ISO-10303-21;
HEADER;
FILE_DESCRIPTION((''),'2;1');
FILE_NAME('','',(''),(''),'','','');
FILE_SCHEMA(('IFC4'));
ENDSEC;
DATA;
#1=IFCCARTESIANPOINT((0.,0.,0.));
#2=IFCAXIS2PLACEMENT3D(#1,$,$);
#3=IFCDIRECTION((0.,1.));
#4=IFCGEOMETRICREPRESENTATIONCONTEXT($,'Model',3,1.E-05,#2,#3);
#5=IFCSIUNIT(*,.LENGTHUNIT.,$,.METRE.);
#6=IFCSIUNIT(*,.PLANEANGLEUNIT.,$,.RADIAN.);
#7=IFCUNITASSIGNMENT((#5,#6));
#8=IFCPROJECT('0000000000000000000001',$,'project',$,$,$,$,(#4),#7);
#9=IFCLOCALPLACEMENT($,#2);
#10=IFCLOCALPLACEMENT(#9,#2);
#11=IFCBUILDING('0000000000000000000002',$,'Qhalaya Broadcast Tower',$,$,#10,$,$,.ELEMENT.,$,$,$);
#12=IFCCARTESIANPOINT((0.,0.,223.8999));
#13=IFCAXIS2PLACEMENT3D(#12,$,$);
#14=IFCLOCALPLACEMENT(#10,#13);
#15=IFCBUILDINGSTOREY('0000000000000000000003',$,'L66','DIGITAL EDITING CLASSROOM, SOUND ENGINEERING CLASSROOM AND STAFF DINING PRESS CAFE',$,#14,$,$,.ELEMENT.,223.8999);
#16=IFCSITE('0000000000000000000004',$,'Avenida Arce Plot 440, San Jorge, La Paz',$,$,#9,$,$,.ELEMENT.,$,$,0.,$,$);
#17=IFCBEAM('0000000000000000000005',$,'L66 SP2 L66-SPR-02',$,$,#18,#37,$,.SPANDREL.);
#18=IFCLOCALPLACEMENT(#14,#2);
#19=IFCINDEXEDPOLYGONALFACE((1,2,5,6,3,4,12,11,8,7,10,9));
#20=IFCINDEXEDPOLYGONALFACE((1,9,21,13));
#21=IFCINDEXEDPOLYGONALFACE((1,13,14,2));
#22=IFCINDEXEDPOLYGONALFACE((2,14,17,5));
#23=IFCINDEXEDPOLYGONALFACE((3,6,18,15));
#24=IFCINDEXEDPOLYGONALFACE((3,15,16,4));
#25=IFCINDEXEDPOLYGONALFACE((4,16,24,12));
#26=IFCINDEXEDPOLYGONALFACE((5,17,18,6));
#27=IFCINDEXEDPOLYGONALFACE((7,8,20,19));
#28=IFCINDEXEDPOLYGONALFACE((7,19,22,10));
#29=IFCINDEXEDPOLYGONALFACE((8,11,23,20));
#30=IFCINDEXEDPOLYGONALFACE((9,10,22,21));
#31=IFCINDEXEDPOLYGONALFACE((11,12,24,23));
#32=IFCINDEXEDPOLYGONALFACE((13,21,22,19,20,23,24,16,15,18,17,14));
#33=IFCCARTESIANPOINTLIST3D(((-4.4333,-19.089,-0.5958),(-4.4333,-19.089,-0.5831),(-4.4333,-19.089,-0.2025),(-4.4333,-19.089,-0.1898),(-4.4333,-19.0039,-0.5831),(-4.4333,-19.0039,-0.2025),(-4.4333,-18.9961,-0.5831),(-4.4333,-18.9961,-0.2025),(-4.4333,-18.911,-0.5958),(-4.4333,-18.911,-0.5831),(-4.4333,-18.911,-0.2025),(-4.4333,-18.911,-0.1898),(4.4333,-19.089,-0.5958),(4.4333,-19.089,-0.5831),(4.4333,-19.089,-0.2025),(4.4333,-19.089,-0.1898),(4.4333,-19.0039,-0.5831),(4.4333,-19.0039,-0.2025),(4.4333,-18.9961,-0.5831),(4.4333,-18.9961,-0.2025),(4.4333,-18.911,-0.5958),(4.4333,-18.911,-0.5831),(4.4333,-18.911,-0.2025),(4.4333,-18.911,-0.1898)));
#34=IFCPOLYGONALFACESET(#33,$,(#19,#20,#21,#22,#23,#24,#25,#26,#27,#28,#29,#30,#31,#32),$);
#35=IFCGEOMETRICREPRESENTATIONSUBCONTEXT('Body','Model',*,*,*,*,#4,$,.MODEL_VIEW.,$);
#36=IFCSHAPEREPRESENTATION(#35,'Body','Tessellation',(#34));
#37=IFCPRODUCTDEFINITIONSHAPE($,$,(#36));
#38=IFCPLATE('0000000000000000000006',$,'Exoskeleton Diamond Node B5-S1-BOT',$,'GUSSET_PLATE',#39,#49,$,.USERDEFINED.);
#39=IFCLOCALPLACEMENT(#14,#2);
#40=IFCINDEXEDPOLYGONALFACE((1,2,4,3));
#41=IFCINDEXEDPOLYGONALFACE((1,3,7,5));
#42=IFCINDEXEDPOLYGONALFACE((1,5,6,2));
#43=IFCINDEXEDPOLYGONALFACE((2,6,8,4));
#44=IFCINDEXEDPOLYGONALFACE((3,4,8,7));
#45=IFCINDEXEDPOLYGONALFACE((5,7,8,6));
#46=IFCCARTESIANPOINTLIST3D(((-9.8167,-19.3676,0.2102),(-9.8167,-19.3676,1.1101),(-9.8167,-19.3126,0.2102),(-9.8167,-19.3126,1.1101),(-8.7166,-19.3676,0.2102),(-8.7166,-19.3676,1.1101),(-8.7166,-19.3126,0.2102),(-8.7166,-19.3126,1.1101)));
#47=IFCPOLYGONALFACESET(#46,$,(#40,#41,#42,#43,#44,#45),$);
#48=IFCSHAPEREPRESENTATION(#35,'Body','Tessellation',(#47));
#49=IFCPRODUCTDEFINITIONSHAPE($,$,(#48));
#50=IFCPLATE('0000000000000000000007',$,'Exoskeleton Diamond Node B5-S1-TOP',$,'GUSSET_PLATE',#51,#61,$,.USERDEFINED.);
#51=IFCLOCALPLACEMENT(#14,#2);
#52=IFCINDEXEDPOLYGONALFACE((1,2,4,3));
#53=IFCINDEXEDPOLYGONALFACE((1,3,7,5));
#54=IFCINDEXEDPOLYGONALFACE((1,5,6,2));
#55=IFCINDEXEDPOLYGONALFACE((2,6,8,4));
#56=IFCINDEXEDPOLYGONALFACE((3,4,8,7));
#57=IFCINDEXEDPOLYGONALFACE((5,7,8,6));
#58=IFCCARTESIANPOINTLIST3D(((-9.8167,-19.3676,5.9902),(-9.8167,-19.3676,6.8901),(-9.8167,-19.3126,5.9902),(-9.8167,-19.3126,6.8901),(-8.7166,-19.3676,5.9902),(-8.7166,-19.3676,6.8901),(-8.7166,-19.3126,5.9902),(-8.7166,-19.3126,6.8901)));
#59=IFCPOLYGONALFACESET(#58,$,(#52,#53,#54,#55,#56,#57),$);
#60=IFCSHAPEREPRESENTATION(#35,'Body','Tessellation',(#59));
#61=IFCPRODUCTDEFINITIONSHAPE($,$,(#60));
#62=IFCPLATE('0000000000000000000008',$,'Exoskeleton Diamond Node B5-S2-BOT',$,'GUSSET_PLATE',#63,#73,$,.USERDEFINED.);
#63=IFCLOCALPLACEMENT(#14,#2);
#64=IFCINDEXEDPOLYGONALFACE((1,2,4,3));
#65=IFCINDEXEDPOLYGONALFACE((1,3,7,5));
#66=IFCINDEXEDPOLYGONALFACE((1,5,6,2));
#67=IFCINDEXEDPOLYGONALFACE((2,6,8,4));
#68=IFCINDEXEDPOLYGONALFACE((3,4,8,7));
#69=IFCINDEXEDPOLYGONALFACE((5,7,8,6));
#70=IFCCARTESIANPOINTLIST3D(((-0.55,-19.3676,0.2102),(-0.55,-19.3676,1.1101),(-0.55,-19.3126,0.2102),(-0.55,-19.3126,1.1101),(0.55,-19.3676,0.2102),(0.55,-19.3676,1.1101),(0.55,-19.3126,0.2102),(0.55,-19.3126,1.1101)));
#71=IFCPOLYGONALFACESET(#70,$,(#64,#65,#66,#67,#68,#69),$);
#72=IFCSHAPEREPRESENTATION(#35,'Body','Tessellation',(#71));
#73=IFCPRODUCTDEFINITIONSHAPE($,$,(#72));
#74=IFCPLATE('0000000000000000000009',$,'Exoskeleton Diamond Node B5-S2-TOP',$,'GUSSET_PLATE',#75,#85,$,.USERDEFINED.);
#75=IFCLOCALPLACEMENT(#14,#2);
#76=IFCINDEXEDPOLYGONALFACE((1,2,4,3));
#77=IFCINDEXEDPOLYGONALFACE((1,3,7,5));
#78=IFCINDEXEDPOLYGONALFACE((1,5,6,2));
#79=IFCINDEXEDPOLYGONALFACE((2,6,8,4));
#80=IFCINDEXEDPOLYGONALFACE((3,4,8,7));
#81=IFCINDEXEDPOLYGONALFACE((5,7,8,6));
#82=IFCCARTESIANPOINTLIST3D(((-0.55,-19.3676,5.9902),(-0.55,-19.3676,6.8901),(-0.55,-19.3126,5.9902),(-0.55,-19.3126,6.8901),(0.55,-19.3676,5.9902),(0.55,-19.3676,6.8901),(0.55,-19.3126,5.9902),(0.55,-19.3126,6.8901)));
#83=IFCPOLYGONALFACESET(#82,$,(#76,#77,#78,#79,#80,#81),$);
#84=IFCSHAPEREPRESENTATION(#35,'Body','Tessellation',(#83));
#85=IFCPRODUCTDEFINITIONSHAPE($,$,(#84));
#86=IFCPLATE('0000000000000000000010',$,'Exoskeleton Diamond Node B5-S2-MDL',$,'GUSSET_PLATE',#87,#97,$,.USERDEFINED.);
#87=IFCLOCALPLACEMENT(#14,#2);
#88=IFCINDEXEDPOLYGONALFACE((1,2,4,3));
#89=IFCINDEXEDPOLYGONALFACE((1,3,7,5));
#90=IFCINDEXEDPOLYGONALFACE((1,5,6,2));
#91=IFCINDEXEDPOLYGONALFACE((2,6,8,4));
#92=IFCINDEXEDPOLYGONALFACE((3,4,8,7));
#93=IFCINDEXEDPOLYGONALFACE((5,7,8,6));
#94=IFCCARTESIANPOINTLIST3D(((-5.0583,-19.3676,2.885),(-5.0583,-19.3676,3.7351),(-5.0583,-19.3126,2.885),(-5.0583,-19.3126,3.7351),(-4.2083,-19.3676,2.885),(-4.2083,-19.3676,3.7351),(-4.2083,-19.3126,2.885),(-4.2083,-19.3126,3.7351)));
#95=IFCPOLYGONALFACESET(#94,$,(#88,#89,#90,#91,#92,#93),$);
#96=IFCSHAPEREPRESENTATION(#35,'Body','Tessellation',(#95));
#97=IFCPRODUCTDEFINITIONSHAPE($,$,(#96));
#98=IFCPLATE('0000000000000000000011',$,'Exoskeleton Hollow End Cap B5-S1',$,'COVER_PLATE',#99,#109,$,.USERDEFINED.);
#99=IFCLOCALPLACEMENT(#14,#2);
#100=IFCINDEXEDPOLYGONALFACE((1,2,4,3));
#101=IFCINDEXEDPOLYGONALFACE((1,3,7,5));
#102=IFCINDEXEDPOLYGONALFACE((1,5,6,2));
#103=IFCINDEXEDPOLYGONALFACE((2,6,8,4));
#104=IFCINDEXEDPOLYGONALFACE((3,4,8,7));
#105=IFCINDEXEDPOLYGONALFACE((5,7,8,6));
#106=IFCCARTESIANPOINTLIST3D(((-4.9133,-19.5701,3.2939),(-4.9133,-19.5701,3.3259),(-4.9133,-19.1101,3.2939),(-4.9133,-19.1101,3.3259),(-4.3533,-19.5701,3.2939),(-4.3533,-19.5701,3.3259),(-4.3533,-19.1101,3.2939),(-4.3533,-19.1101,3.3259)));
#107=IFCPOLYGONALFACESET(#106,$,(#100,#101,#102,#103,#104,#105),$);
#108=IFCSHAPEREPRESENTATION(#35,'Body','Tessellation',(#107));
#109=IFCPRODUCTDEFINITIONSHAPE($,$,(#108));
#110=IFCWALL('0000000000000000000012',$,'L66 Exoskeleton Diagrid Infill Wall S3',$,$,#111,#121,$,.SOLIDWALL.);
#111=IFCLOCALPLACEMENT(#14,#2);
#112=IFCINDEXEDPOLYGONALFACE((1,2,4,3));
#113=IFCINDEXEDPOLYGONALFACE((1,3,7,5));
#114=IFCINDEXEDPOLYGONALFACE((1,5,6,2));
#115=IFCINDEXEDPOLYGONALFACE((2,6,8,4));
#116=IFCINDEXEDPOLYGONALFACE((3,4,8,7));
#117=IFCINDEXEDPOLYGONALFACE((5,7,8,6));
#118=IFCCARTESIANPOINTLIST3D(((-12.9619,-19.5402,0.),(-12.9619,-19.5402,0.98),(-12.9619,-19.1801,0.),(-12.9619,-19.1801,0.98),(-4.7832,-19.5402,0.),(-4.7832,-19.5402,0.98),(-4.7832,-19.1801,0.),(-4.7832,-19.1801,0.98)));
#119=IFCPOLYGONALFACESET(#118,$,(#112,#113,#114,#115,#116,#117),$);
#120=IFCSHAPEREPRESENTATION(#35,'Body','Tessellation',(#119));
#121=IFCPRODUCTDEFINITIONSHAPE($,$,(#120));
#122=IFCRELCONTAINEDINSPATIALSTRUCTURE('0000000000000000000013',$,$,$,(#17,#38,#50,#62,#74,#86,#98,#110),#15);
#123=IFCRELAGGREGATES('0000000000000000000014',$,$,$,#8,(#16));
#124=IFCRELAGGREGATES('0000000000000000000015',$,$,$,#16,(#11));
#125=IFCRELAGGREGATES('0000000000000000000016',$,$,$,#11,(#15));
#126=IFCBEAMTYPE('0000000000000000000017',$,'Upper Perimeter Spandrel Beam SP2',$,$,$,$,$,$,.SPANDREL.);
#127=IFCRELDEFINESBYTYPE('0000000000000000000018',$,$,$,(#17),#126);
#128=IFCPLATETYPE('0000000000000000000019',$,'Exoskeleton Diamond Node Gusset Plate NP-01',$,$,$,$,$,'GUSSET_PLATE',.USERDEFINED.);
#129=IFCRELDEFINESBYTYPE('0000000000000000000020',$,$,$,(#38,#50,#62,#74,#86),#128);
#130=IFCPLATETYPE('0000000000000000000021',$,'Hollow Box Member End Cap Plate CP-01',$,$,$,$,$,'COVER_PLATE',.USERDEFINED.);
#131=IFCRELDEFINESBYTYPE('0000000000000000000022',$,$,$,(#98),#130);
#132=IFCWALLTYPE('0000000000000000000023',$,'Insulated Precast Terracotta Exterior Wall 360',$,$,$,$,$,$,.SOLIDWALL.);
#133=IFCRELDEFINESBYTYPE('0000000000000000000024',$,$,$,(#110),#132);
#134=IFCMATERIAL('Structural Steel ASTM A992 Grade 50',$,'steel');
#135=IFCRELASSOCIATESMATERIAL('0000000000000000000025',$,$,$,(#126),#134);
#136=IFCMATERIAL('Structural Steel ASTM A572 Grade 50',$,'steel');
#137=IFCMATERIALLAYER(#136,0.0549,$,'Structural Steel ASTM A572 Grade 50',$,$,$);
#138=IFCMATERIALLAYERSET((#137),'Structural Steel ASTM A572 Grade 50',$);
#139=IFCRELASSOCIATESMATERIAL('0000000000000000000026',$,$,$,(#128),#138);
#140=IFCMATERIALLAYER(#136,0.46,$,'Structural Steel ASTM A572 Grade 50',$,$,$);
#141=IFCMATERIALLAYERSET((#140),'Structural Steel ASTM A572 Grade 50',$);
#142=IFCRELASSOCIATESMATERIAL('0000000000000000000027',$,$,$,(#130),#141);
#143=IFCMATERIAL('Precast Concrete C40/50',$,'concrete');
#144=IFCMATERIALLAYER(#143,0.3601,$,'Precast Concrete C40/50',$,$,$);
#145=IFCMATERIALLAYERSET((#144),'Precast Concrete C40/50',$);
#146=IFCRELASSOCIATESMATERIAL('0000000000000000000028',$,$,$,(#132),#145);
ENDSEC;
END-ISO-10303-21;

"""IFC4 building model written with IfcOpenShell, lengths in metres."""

from ifc_helpers import new_model, si_unit, direction, frame, frame_2d, origin, origin_2d, place, context, subcontext, project, spatial, rectangle, i_section, extrude, material, layer, layer_set, material_profile, profile_set, type_object, element, save


model = new_model("IFC4")

# Units and contexts
model_context = context("Model", 3, precision=1e-05, world=origin(), true_north=direction((0.0, 1.0)))
body_context = subcontext(model_context, "Body", "Model", "MODEL_VIEW")
ifc_project = project(units=[si_unit("LENGTHUNIT", "METRE"), si_unit("PLANEANGLEUNIT", "RADIAN")], contexts=[model_context])

# Site, building, storey
site_placement = place(None, origin())
site = spatial("IfcSite", under=ifc_project, at=site_placement, Name="Avenida Arce Plot 440, San Jorge, La Paz", CompositionType="ELEMENT", RefElevation=0.0)
building_placement = place(site_placement, origin())
building = spatial("IfcBuilding", under=site, at=building_placement, Name="Qhalaya Broadcast Tower", CompositionType="ELEMENT")
storey_placement = place(building_placement, frame((0.0, 0.0, 223.8999)))
storey = spatial("IfcBuildingStorey", under=building, at=storey_placement, Name="L66", Description="DIGITAL EDITING CLASSROOM, SOUND ENGINEERING CLASSROOM AND STAFF DINING PRESS CAFE", CompositionType="ELEMENT", Elevation=223.8999)

# Shared definitions
ifc_material_1 = material(Name="Structural Steel ASTM A572 Grade 50", Category="steel")

# Shared definitions
ifc_material_2 = material(Name="Structural Steel ASTM A992 Grade 50", Category="steel")

# Beam
ifc_material_profile_1 = material_profile(ifc_material_2, i_section(OverallWidth=0.178, OverallDepth=0.406, WebThickness=0.0078, FlangeThickness=0.0127, at=origin_2d()), Name="W16X40")
ifc_profile_set_1 = profile_set([ifc_material_profile_1], Name="Structural Steel ASTM A992 Grade 50")
beam_type_1 = type_object("IfcBeamType", Name="Upper Perimeter Spandrel Beam SP2", PredefinedType="SPANDREL", material=ifc_profile_set_1)
beam_placement = place(storey_placement, frame((-4.4333, -19.0, -0.3928), z_axis=(1.0, 0.0, 0.0), x_axis=(0.0, 1.0, 0.0)))
element("IfcBeam", 1, at=beam_placement, inside=storey, type_object=beam_type_1, Name="L66 SP2 L66-SPR-02", PredefinedType="SPANDREL", context=body_context, shape_type="SweptSolid", body=[
    extrude(i_section(OverallWidth=0.178, OverallDepth=0.406, WebThickness=0.0078, FlangeThickness=0.0127, at=origin_2d()), origin(), (0.0, 0.0, 1.0), 8.8667),
])

# Plates
ifc_layer_1 = layer(ifc_material_1, 0.0549, Name="Structural Steel ASTM A572 Grade 50")
ifc_layer_set_1 = layer_set([ifc_layer_1], Name="Structural Steel ASTM A572 Grade 50")
plate_type_1 = type_object("IfcPlateType", Name="Exoskeleton Diamond Node Gusset Plate NP-01", ElementType="GUSSET_PLATE", PredefinedType="USERDEFINED", material=ifc_layer_set_1)
for number, where, z_axis, x_axis, name in (
    (2, (-9.2666, -19.3401, 0.2102), (0.0, 0.0, 1.0), (1.0, 0.0, 0.0), "Exoskeleton Diamond Node B5-S1-BOT"),
    (3, (-9.2666, -19.3401, 5.9902), (0.0, 0.0, 1.0), (1.0, 0.0, 0.0), "Exoskeleton Diamond Node B5-S1-TOP"),
    (4, (0.0, -19.3401, 0.2102), (0.0, 0.0, 1.0), (1.0, 0.0, 0.0), "Exoskeleton Diamond Node B5-S2-BOT"),
    (5, (0.0, -19.3401, 5.9902), (0.0, 0.0, 1.0), (1.0, 0.0, 0.0), "Exoskeleton Diamond Node B5-S2-TOP"),
):
    element("IfcPlate", number, at=place(storey_placement, frame(where, z_axis=z_axis, x_axis=x_axis)), inside=storey, type_object=plate_type_1, Name=name, ObjectType="GUSSET_PLATE", PredefinedType="USERDEFINED", context=body_context, shape_type="SweptSolid", body=[
        extrude(rectangle(XDim=1.1001, YDim=0.0549, at=origin_2d()), origin(), (0.0, 0.0, 1.0), 0.8999),
    ])
plate_1_placement = place(storey_placement, frame((-4.6333, -19.3401, 2.885), z_axis=(0.0, 0.0, 1.0), x_axis=(1.0, 0.0, 0.0)))
element("IfcPlate", 6, at=plate_1_placement, inside=storey, type_object=plate_type_1, Name="Exoskeleton Diamond Node B5-S2-MDL", ObjectType="GUSSET_PLATE", PredefinedType="USERDEFINED", context=body_context, shape_type="SweptSolid", body=[
    extrude(rectangle(XDim=0.8501, YDim=0.0549, at=origin_2d()), origin(), (0.0, 0.0, 1.0), 0.8501),
])
ifc_layer_2 = layer(ifc_material_1, 0.46, Name="Structural Steel ASTM A572 Grade 50")
ifc_layer_set_2 = layer_set([ifc_layer_2], Name="Structural Steel ASTM A572 Grade 50")
plate_type_2 = type_object("IfcPlateType", Name="Hollow Box Member End Cap Plate CP-01", ElementType="COVER_PLATE", PredefinedType="USERDEFINED", material=ifc_layer_set_2)
plate_2_placement = place(storey_placement, frame((-4.6333, -19.3401, 3.2939), z_axis=(0.0, 0.0, 1.0), x_axis=(1.0, 0.0, 0.0)))
element("IfcPlate", 7, at=plate_2_placement, inside=storey, type_object=plate_type_2, Name="Exoskeleton Hollow End Cap B5-S1", ObjectType="COVER_PLATE", PredefinedType="USERDEFINED", context=body_context, shape_type="SweptSolid", body=[
    extrude(rectangle(XDim=0.5601, YDim=0.46, at=origin_2d()), origin(), (0.0, 0.0, 1.0), 0.032),
])

# Wall
ifc_material_3 = material(Name="Precast Concrete C40/50", Category="concrete")
ifc_layer_3 = layer(ifc_material_3, 0.3601, Name="Precast Concrete C40/50")
ifc_layer_set_3 = layer_set([ifc_layer_3], Name="Precast Concrete C40/50")
wall_type = type_object("IfcWallType", Name="Insulated Precast Terracotta Exterior Wall 360", PredefinedType="SOLIDWALL", material=ifc_layer_set_3)
wall_placement = place(storey_placement, frame((-4.7832, -19.3601, 0.0), z_axis=(0.0, 0.0, 1.0), x_axis=(-1.0, 0.0, 0.0)))
element("IfcWall", 8, at=wall_placement, inside=storey, type_object=wall_type, Name="L66 Exoskeleton Diagrid Infill Wall S3", PredefinedType="SOLIDWALL", context=body_context, shape_type="SweptSolid", body=[
    extrude(rectangle(XDim=8.1787, YDim=0.3601, at=frame_2d((4.0894, 0.0))), origin(), (0.0, 0.0, 1.0), 0.98),
])

save(model, "model.ifc")
